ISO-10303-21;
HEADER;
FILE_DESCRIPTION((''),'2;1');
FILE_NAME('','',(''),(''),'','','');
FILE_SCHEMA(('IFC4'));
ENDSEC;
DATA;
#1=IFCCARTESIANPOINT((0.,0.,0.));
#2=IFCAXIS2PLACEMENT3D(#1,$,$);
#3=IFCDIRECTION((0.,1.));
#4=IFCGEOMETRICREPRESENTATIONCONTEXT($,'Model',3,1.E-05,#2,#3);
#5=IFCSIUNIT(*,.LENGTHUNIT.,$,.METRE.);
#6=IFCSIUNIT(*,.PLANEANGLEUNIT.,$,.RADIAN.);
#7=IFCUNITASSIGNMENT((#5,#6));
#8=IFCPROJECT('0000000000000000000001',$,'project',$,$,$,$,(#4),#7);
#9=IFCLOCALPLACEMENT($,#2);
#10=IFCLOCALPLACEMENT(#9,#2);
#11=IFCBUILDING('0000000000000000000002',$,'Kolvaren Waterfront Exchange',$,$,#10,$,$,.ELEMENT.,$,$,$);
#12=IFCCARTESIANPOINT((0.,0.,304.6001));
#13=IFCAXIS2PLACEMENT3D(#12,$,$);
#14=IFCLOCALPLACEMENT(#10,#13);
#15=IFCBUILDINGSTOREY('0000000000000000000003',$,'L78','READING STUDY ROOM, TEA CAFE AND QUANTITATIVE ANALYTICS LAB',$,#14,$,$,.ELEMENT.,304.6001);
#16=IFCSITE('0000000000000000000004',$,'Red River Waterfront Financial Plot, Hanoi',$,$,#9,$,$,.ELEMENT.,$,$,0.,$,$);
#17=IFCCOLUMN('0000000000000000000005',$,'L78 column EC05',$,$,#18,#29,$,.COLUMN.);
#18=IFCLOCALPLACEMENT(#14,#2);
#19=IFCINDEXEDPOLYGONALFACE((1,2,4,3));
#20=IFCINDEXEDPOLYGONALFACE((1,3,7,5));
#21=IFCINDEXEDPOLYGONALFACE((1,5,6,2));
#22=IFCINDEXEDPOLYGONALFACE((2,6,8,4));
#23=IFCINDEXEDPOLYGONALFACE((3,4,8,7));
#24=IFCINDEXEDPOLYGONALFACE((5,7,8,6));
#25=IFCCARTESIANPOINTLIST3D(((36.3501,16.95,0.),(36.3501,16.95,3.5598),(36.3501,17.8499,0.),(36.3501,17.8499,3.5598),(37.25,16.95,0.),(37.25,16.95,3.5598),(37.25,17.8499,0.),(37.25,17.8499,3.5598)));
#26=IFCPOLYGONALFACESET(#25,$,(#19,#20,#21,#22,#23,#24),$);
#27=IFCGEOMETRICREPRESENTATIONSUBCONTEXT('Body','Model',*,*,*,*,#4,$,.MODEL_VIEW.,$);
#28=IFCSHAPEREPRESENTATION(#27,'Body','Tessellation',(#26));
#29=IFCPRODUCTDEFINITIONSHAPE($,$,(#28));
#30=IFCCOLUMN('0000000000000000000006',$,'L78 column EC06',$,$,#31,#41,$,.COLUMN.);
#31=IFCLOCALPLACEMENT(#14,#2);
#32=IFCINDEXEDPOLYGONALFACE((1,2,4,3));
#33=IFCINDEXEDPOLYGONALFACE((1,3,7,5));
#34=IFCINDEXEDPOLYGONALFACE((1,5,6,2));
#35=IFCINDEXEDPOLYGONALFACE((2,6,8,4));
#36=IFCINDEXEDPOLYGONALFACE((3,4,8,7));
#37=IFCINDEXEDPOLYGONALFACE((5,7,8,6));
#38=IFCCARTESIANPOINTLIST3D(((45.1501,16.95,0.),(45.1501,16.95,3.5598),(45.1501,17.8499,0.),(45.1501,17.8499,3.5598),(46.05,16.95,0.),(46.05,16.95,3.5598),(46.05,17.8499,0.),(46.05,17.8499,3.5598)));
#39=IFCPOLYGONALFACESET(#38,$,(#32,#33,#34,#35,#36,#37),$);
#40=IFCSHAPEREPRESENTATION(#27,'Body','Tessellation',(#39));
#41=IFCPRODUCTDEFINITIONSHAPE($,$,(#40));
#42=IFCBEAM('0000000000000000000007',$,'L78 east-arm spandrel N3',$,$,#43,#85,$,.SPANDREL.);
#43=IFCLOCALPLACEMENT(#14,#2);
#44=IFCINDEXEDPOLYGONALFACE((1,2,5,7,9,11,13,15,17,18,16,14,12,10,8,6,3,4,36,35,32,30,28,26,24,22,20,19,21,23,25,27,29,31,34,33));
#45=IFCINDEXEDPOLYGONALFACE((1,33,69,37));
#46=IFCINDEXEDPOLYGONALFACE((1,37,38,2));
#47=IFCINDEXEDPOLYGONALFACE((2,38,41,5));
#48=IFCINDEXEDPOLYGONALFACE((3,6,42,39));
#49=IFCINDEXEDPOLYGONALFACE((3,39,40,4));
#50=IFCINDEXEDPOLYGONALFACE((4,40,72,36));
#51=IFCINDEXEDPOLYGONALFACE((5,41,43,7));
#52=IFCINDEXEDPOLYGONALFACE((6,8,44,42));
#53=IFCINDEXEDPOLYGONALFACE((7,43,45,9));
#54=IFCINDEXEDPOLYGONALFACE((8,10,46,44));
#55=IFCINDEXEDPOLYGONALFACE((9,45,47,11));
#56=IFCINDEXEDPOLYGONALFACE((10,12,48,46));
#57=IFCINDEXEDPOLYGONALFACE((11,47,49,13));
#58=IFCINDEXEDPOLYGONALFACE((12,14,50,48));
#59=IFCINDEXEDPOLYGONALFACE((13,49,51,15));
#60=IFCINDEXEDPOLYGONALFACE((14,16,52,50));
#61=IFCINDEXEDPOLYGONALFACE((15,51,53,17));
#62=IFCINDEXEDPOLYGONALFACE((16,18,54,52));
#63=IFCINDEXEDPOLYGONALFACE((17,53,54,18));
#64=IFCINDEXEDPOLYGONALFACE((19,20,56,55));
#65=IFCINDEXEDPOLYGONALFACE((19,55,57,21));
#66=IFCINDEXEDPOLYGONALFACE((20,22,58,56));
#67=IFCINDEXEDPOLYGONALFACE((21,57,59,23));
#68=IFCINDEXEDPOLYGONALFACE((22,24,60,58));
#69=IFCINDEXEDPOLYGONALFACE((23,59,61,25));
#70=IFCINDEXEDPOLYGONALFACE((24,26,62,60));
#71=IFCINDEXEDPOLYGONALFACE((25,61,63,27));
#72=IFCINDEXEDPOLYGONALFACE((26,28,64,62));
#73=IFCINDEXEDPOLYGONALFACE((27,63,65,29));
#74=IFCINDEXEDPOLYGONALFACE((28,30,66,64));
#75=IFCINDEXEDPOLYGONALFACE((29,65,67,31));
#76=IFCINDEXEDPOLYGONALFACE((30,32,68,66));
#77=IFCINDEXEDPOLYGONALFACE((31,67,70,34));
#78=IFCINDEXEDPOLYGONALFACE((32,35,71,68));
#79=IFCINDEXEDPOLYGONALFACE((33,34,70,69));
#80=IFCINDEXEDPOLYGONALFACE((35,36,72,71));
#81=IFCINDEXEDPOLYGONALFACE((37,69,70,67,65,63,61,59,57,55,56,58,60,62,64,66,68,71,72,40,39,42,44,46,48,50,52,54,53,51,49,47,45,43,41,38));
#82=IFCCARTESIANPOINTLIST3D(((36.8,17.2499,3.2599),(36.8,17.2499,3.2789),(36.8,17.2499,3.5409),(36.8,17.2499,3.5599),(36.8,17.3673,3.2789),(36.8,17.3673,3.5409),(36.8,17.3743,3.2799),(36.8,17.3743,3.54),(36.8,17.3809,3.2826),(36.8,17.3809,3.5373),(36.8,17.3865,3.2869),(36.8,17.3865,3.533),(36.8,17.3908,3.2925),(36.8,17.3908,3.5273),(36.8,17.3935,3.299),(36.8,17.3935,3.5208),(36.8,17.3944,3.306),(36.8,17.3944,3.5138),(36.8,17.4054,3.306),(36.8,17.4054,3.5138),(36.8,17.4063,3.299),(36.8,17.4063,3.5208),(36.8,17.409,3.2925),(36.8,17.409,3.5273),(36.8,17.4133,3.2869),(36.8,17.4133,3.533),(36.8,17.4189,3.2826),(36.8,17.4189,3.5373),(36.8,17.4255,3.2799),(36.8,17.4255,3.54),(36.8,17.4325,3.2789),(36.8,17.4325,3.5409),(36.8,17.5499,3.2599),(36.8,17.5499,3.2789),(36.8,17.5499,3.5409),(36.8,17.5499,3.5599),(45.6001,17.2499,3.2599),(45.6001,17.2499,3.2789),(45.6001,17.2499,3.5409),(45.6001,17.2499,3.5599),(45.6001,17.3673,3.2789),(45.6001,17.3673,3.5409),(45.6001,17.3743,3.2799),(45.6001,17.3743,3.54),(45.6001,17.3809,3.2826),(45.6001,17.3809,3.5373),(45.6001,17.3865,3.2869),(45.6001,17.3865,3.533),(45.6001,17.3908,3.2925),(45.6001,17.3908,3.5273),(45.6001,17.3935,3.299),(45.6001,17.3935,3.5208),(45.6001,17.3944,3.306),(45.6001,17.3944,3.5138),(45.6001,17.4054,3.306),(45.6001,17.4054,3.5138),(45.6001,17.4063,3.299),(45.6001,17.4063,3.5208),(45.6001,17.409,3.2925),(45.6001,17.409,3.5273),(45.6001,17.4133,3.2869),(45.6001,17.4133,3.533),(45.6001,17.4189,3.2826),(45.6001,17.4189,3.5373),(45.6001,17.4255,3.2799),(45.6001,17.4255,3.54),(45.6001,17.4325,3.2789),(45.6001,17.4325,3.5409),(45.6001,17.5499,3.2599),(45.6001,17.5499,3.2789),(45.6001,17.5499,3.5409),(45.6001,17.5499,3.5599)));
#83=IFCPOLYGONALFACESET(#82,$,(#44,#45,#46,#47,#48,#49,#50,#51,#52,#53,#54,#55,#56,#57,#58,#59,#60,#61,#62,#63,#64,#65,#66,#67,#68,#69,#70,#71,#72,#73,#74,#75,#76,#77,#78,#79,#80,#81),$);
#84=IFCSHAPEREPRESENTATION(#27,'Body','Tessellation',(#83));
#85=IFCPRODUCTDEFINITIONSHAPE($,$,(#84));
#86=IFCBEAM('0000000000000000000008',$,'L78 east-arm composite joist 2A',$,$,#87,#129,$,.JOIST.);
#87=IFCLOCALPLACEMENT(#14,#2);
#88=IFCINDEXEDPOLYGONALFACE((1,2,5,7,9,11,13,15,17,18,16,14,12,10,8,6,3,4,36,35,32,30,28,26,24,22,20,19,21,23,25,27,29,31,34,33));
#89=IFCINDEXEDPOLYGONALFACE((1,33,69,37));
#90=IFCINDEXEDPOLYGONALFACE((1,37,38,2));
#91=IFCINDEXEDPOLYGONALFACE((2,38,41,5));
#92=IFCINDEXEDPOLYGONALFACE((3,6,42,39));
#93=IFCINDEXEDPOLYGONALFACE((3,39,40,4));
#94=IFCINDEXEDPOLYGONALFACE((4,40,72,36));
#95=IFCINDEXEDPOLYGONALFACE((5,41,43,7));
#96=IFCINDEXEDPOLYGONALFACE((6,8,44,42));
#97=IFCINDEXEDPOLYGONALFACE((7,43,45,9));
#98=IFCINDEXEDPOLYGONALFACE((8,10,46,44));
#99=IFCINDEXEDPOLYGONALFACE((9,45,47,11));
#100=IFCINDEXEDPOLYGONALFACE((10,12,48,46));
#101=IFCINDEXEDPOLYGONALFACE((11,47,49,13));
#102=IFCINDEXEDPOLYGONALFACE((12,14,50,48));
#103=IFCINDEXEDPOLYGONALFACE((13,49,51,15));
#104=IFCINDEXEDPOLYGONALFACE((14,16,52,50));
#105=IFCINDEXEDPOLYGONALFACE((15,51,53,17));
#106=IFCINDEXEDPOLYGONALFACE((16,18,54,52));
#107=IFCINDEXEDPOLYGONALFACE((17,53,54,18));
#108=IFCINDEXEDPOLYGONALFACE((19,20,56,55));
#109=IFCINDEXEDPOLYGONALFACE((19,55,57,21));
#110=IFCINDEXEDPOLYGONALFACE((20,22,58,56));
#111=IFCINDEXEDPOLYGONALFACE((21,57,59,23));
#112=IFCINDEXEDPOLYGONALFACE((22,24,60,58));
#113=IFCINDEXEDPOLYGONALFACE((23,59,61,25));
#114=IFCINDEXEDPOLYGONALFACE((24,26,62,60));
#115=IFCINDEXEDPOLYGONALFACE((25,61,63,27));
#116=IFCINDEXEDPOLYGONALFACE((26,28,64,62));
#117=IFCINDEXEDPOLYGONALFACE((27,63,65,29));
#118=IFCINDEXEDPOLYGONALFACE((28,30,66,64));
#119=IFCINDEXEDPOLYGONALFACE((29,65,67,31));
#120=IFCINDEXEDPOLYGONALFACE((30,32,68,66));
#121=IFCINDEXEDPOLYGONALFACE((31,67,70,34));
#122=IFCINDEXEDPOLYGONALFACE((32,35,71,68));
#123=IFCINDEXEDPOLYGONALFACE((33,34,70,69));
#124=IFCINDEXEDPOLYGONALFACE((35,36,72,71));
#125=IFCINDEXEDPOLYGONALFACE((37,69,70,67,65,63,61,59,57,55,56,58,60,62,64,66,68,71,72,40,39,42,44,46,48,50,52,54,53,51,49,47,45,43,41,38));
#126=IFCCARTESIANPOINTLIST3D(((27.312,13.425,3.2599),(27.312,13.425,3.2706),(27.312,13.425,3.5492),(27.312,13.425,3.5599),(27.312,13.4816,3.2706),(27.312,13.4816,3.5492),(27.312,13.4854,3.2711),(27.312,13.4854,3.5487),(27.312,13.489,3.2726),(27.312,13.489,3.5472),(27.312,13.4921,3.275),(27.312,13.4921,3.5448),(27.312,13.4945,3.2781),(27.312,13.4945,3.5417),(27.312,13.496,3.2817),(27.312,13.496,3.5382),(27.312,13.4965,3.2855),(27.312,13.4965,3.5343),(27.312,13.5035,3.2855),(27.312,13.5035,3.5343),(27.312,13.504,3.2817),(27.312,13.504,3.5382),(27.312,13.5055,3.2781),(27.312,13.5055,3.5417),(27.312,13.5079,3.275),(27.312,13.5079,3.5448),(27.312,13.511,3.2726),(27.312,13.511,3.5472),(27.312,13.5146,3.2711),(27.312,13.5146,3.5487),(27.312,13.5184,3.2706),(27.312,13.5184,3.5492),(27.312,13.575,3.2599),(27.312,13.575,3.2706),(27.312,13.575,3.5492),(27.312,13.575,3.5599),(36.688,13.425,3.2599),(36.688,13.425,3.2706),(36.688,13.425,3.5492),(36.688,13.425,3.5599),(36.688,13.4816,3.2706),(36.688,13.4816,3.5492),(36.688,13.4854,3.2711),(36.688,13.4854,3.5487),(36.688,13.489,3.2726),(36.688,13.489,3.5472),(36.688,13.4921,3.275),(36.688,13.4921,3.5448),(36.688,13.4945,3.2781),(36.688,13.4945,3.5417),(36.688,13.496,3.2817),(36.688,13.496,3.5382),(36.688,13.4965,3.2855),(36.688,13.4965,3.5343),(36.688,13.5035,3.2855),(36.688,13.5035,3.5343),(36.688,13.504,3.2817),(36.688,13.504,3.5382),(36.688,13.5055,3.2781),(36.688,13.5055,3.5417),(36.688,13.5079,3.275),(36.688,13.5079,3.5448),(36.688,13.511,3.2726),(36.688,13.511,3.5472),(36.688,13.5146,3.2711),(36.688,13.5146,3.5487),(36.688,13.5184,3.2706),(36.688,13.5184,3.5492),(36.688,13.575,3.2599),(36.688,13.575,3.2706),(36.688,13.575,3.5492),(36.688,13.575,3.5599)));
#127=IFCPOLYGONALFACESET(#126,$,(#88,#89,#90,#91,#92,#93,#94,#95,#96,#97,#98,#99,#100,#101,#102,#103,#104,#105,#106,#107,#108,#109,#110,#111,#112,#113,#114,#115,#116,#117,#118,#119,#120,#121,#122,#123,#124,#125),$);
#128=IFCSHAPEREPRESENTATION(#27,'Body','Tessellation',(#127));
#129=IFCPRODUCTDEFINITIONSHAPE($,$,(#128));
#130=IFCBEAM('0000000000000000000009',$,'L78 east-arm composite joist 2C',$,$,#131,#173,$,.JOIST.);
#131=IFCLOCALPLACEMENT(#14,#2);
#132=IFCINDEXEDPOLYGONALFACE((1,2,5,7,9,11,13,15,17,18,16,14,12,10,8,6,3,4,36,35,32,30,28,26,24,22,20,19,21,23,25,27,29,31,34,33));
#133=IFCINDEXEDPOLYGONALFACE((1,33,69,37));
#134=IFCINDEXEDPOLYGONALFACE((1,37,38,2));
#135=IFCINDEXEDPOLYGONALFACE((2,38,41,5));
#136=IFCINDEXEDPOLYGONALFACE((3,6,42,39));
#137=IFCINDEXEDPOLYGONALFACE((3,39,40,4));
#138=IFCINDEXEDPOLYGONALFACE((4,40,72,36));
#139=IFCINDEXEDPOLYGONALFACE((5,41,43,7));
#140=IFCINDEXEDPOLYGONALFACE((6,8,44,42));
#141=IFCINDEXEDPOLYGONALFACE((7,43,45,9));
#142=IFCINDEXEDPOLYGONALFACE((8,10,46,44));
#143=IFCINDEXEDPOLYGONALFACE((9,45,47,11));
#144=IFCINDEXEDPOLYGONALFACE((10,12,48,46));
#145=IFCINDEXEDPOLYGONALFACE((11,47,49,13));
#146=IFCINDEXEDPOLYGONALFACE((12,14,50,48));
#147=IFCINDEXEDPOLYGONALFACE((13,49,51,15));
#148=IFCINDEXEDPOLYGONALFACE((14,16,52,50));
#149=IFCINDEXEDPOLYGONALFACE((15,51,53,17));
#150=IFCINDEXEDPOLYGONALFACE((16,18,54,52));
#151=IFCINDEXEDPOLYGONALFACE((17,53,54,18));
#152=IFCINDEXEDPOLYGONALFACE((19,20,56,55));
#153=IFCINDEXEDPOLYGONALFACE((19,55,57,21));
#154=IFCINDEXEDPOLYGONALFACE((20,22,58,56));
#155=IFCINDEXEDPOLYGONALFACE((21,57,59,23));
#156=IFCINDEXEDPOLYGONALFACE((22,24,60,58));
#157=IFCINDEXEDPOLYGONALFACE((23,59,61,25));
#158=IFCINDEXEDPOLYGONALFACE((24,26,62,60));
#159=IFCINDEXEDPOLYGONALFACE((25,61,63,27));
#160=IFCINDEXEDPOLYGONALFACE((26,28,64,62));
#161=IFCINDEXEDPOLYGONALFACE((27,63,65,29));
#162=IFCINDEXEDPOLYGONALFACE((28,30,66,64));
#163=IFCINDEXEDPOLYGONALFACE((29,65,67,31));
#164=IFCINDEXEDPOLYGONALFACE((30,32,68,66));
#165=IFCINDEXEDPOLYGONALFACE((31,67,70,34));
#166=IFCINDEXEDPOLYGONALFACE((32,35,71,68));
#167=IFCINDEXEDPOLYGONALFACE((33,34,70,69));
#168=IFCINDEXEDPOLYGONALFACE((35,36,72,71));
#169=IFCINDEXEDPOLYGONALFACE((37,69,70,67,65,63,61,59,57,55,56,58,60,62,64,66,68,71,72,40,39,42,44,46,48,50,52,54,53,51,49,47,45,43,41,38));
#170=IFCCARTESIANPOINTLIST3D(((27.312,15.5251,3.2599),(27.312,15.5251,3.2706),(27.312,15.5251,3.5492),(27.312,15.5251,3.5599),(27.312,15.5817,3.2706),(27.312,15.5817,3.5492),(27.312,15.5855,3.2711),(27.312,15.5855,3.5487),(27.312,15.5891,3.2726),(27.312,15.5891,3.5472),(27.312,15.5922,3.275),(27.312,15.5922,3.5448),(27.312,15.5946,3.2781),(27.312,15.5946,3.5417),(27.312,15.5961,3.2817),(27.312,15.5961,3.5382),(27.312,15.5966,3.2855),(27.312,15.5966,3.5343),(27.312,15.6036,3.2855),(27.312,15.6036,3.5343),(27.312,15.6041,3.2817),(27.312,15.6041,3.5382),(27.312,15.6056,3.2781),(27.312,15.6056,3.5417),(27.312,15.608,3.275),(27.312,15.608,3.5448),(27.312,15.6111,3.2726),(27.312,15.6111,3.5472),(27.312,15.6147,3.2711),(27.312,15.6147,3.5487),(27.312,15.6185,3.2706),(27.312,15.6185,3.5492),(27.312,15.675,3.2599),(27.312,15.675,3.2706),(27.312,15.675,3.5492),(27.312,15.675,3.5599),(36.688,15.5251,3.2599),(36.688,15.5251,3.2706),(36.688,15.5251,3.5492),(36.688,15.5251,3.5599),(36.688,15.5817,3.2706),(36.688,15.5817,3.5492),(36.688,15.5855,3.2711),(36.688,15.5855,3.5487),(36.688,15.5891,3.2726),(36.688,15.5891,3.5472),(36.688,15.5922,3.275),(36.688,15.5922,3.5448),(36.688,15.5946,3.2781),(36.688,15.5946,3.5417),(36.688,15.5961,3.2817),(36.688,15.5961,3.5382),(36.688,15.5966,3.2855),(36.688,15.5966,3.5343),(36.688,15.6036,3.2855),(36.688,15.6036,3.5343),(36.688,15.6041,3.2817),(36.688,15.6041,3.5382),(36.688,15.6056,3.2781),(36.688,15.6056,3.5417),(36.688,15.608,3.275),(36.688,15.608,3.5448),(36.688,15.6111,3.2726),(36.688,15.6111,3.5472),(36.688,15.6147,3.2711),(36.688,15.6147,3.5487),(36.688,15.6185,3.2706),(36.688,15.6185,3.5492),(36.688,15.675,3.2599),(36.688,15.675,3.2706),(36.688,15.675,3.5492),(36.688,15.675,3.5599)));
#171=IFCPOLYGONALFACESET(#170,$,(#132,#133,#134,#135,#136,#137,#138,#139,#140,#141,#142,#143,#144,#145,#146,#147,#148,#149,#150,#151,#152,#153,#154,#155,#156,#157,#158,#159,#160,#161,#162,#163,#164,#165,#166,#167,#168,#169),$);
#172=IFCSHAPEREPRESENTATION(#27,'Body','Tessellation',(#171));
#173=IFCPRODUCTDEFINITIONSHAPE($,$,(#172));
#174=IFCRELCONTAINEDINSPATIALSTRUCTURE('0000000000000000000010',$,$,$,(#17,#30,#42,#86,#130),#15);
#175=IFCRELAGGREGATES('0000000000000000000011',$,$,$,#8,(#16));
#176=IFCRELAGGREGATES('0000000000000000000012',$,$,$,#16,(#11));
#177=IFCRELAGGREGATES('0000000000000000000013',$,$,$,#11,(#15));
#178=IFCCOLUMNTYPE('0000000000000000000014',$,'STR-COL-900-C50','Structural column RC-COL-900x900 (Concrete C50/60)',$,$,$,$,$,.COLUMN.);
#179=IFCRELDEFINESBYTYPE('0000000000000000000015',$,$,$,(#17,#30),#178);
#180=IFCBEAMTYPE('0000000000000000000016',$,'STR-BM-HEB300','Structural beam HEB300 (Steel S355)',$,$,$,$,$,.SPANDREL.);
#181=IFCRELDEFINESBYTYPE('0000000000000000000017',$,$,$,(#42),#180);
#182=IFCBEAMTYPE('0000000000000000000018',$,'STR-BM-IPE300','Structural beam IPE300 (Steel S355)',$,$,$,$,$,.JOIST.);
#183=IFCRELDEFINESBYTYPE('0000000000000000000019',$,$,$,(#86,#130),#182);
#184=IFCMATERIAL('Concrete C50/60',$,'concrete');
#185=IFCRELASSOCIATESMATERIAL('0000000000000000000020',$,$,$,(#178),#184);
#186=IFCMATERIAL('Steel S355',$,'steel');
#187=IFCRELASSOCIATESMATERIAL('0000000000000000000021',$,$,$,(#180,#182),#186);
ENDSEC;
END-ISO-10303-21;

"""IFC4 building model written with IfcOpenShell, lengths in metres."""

from ifc_helpers import new_model, si_unit, direction, frame, origin, origin_2d, place, context, subcontext, project, spatial, rectangle, i_section, extrude, material, material_profile, profile_set, type_object, element, save


model = new_model("IFC4")

# Units and contexts
model_context = context("Model", 3, precision=1e-05, world=origin(), true_north=direction((0.0, 1.0)))
body_context = subcontext(model_context, "Body", "Model", "MODEL_VIEW")
ifc_project = project(units=[si_unit("LENGTHUNIT", "METRE"), si_unit("PLANEANGLEUNIT", "RADIAN")], contexts=[model_context])

# Site, building, storey
site_placement = place(None, origin())
site = spatial("IfcSite", under=ifc_project, at=site_placement, Name="Red River Waterfront Financial Plot, Hanoi", CompositionType="ELEMENT", RefElevation=0.0)
building_placement = place(site_placement, origin())
building = spatial("IfcBuilding", under=site, at=building_placement, Name="Kolvaren Waterfront Exchange", CompositionType="ELEMENT")
storey_placement = place(building_placement, frame((0.0, 0.0, 304.6001)))
storey = spatial("IfcBuildingStorey", under=building, at=storey_placement, Name="L78", Description="READING STUDY ROOM, TEA CAFE AND QUANTITATIVE ANALYTICS LAB", CompositionType="ELEMENT", Elevation=304.6001)

# Columns
ifc_material_1 = material(Name="Concrete C50/60", Category="concrete")
ifc_material_profile_1 = material_profile(ifc_material_1, rectangle(XDim=0.8999, YDim=0.8999, at=origin_2d()), Name="RC-COL-900x900")
ifc_profile_set_1 = profile_set([ifc_material_profile_1], Name="Concrete C50/60")
column_type = type_object("IfcColumnType", Name="STR-COL-900-C50", Description="Structural column RC-COL-900x900 (Concrete C50/60)", PredefinedType="COLUMN", material=ifc_profile_set_1)
for number, where, z_axis, x_axis, name in (
    (1, (36.8, 17.3999, 0.0), (0.0, 0.0, 1.0), (1.0, 0.0, 0.0), "L78 column EC05"),
    (2, (45.6001, 17.3999, 0.0), (0.0, 0.0, 1.0), (1.0, 0.0, 0.0), "L78 column EC06"),
):
    element("IfcColumn", number, at=place(storey_placement, frame(where, z_axis=z_axis, x_axis=x_axis)), inside=storey, type_object=column_type, Name=name, PredefinedType="COLUMN", context=body_context, shape_type="SweptSolid", body=[
        extrude(rectangle(XDim=0.8999, YDim=0.8999, at=origin_2d()), origin(), (0.0, 0.0, 1.0), 3.5598),
    ])

# Beams
ifc_material_2 = material(Name="Steel S355", Category="steel")
ifc_material_profile_2 = material_profile(ifc_material_2, i_section(OverallWidth=0.3, OverallDepth=0.3, WebThickness=0.011, FlangeThickness=0.019, FilletRadius=0.0271, at=origin_2d()), Name="HEB300")
ifc_profile_set_2 = profile_set([ifc_material_profile_2], Name="Steel S355")
beam_type_1 = type_object("IfcBeamType", Name="STR-BM-HEB300", Description="Structural beam HEB300 (Steel S355)", PredefinedType="SPANDREL", material=ifc_profile_set_2)
beam_placement = place(storey_placement, frame((36.8, 17.3999, 3.4099), z_axis=(1.0, 0.0, 0.0), x_axis=(0.0, 1.0, 0.0)))
element("IfcBeam", 3, at=beam_placement, inside=storey, type_object=beam_type_1, Name="L78 east-arm spandrel N3", PredefinedType="SPANDREL", context=body_context, shape_type="SweptSolid", body=[
    extrude(i_section(OverallWidth=0.3, OverallDepth=0.3, WebThickness=0.011, FlangeThickness=0.019, FilletRadius=0.0271, at=origin_2d()), origin(), (0.0, 0.0, 1.0), 8.8),
])
ifc_material_profile_3 = material_profile(ifc_material_2, i_section(OverallWidth=0.1499, OverallDepth=0.3, WebThickness=0.0071, FlangeThickness=0.0107, FilletRadius=0.0149, at=origin_2d()), Name="IPE300")
ifc_profile_set_3 = profile_set([ifc_material_profile_3], Name="Steel S355")
beam_type_2 = type_object("IfcBeamType", Name="STR-BM-IPE300", Description="Structural beam IPE300 (Steel S355)", PredefinedType="JOIST", material=ifc_profile_set_3)
for number, where, z_axis, x_axis, name in (
    (4, (27.312, 13.5, 3.4099), (1.0, 0.0, 0.0), (0.0, 1.0, 0.0), "L78 east-arm composite joist 2A"),
    (5, (27.312, 15.6001, 3.4099), (1.0, 0.0, 0.0), (0.0, 1.0, 0.0), "L78 east-arm composite joist 2C"),
):
    element("IfcBeam", number, at=place(storey_placement, frame(where, z_axis=z_axis, x_axis=x_axis)), inside=storey, type_object=beam_type_2, Name=name, PredefinedType="JOIST", context=body_context, shape_type="SweptSolid", body=[
        extrude(i_section(OverallWidth=0.1499, OverallDepth=0.3, WebThickness=0.0071, FlangeThickness=0.0107, FilletRadius=0.0149, at=origin_2d()), origin(), (0.0, 0.0, 1.0), 9.376),
    ])

save(model, "model.ifc")
